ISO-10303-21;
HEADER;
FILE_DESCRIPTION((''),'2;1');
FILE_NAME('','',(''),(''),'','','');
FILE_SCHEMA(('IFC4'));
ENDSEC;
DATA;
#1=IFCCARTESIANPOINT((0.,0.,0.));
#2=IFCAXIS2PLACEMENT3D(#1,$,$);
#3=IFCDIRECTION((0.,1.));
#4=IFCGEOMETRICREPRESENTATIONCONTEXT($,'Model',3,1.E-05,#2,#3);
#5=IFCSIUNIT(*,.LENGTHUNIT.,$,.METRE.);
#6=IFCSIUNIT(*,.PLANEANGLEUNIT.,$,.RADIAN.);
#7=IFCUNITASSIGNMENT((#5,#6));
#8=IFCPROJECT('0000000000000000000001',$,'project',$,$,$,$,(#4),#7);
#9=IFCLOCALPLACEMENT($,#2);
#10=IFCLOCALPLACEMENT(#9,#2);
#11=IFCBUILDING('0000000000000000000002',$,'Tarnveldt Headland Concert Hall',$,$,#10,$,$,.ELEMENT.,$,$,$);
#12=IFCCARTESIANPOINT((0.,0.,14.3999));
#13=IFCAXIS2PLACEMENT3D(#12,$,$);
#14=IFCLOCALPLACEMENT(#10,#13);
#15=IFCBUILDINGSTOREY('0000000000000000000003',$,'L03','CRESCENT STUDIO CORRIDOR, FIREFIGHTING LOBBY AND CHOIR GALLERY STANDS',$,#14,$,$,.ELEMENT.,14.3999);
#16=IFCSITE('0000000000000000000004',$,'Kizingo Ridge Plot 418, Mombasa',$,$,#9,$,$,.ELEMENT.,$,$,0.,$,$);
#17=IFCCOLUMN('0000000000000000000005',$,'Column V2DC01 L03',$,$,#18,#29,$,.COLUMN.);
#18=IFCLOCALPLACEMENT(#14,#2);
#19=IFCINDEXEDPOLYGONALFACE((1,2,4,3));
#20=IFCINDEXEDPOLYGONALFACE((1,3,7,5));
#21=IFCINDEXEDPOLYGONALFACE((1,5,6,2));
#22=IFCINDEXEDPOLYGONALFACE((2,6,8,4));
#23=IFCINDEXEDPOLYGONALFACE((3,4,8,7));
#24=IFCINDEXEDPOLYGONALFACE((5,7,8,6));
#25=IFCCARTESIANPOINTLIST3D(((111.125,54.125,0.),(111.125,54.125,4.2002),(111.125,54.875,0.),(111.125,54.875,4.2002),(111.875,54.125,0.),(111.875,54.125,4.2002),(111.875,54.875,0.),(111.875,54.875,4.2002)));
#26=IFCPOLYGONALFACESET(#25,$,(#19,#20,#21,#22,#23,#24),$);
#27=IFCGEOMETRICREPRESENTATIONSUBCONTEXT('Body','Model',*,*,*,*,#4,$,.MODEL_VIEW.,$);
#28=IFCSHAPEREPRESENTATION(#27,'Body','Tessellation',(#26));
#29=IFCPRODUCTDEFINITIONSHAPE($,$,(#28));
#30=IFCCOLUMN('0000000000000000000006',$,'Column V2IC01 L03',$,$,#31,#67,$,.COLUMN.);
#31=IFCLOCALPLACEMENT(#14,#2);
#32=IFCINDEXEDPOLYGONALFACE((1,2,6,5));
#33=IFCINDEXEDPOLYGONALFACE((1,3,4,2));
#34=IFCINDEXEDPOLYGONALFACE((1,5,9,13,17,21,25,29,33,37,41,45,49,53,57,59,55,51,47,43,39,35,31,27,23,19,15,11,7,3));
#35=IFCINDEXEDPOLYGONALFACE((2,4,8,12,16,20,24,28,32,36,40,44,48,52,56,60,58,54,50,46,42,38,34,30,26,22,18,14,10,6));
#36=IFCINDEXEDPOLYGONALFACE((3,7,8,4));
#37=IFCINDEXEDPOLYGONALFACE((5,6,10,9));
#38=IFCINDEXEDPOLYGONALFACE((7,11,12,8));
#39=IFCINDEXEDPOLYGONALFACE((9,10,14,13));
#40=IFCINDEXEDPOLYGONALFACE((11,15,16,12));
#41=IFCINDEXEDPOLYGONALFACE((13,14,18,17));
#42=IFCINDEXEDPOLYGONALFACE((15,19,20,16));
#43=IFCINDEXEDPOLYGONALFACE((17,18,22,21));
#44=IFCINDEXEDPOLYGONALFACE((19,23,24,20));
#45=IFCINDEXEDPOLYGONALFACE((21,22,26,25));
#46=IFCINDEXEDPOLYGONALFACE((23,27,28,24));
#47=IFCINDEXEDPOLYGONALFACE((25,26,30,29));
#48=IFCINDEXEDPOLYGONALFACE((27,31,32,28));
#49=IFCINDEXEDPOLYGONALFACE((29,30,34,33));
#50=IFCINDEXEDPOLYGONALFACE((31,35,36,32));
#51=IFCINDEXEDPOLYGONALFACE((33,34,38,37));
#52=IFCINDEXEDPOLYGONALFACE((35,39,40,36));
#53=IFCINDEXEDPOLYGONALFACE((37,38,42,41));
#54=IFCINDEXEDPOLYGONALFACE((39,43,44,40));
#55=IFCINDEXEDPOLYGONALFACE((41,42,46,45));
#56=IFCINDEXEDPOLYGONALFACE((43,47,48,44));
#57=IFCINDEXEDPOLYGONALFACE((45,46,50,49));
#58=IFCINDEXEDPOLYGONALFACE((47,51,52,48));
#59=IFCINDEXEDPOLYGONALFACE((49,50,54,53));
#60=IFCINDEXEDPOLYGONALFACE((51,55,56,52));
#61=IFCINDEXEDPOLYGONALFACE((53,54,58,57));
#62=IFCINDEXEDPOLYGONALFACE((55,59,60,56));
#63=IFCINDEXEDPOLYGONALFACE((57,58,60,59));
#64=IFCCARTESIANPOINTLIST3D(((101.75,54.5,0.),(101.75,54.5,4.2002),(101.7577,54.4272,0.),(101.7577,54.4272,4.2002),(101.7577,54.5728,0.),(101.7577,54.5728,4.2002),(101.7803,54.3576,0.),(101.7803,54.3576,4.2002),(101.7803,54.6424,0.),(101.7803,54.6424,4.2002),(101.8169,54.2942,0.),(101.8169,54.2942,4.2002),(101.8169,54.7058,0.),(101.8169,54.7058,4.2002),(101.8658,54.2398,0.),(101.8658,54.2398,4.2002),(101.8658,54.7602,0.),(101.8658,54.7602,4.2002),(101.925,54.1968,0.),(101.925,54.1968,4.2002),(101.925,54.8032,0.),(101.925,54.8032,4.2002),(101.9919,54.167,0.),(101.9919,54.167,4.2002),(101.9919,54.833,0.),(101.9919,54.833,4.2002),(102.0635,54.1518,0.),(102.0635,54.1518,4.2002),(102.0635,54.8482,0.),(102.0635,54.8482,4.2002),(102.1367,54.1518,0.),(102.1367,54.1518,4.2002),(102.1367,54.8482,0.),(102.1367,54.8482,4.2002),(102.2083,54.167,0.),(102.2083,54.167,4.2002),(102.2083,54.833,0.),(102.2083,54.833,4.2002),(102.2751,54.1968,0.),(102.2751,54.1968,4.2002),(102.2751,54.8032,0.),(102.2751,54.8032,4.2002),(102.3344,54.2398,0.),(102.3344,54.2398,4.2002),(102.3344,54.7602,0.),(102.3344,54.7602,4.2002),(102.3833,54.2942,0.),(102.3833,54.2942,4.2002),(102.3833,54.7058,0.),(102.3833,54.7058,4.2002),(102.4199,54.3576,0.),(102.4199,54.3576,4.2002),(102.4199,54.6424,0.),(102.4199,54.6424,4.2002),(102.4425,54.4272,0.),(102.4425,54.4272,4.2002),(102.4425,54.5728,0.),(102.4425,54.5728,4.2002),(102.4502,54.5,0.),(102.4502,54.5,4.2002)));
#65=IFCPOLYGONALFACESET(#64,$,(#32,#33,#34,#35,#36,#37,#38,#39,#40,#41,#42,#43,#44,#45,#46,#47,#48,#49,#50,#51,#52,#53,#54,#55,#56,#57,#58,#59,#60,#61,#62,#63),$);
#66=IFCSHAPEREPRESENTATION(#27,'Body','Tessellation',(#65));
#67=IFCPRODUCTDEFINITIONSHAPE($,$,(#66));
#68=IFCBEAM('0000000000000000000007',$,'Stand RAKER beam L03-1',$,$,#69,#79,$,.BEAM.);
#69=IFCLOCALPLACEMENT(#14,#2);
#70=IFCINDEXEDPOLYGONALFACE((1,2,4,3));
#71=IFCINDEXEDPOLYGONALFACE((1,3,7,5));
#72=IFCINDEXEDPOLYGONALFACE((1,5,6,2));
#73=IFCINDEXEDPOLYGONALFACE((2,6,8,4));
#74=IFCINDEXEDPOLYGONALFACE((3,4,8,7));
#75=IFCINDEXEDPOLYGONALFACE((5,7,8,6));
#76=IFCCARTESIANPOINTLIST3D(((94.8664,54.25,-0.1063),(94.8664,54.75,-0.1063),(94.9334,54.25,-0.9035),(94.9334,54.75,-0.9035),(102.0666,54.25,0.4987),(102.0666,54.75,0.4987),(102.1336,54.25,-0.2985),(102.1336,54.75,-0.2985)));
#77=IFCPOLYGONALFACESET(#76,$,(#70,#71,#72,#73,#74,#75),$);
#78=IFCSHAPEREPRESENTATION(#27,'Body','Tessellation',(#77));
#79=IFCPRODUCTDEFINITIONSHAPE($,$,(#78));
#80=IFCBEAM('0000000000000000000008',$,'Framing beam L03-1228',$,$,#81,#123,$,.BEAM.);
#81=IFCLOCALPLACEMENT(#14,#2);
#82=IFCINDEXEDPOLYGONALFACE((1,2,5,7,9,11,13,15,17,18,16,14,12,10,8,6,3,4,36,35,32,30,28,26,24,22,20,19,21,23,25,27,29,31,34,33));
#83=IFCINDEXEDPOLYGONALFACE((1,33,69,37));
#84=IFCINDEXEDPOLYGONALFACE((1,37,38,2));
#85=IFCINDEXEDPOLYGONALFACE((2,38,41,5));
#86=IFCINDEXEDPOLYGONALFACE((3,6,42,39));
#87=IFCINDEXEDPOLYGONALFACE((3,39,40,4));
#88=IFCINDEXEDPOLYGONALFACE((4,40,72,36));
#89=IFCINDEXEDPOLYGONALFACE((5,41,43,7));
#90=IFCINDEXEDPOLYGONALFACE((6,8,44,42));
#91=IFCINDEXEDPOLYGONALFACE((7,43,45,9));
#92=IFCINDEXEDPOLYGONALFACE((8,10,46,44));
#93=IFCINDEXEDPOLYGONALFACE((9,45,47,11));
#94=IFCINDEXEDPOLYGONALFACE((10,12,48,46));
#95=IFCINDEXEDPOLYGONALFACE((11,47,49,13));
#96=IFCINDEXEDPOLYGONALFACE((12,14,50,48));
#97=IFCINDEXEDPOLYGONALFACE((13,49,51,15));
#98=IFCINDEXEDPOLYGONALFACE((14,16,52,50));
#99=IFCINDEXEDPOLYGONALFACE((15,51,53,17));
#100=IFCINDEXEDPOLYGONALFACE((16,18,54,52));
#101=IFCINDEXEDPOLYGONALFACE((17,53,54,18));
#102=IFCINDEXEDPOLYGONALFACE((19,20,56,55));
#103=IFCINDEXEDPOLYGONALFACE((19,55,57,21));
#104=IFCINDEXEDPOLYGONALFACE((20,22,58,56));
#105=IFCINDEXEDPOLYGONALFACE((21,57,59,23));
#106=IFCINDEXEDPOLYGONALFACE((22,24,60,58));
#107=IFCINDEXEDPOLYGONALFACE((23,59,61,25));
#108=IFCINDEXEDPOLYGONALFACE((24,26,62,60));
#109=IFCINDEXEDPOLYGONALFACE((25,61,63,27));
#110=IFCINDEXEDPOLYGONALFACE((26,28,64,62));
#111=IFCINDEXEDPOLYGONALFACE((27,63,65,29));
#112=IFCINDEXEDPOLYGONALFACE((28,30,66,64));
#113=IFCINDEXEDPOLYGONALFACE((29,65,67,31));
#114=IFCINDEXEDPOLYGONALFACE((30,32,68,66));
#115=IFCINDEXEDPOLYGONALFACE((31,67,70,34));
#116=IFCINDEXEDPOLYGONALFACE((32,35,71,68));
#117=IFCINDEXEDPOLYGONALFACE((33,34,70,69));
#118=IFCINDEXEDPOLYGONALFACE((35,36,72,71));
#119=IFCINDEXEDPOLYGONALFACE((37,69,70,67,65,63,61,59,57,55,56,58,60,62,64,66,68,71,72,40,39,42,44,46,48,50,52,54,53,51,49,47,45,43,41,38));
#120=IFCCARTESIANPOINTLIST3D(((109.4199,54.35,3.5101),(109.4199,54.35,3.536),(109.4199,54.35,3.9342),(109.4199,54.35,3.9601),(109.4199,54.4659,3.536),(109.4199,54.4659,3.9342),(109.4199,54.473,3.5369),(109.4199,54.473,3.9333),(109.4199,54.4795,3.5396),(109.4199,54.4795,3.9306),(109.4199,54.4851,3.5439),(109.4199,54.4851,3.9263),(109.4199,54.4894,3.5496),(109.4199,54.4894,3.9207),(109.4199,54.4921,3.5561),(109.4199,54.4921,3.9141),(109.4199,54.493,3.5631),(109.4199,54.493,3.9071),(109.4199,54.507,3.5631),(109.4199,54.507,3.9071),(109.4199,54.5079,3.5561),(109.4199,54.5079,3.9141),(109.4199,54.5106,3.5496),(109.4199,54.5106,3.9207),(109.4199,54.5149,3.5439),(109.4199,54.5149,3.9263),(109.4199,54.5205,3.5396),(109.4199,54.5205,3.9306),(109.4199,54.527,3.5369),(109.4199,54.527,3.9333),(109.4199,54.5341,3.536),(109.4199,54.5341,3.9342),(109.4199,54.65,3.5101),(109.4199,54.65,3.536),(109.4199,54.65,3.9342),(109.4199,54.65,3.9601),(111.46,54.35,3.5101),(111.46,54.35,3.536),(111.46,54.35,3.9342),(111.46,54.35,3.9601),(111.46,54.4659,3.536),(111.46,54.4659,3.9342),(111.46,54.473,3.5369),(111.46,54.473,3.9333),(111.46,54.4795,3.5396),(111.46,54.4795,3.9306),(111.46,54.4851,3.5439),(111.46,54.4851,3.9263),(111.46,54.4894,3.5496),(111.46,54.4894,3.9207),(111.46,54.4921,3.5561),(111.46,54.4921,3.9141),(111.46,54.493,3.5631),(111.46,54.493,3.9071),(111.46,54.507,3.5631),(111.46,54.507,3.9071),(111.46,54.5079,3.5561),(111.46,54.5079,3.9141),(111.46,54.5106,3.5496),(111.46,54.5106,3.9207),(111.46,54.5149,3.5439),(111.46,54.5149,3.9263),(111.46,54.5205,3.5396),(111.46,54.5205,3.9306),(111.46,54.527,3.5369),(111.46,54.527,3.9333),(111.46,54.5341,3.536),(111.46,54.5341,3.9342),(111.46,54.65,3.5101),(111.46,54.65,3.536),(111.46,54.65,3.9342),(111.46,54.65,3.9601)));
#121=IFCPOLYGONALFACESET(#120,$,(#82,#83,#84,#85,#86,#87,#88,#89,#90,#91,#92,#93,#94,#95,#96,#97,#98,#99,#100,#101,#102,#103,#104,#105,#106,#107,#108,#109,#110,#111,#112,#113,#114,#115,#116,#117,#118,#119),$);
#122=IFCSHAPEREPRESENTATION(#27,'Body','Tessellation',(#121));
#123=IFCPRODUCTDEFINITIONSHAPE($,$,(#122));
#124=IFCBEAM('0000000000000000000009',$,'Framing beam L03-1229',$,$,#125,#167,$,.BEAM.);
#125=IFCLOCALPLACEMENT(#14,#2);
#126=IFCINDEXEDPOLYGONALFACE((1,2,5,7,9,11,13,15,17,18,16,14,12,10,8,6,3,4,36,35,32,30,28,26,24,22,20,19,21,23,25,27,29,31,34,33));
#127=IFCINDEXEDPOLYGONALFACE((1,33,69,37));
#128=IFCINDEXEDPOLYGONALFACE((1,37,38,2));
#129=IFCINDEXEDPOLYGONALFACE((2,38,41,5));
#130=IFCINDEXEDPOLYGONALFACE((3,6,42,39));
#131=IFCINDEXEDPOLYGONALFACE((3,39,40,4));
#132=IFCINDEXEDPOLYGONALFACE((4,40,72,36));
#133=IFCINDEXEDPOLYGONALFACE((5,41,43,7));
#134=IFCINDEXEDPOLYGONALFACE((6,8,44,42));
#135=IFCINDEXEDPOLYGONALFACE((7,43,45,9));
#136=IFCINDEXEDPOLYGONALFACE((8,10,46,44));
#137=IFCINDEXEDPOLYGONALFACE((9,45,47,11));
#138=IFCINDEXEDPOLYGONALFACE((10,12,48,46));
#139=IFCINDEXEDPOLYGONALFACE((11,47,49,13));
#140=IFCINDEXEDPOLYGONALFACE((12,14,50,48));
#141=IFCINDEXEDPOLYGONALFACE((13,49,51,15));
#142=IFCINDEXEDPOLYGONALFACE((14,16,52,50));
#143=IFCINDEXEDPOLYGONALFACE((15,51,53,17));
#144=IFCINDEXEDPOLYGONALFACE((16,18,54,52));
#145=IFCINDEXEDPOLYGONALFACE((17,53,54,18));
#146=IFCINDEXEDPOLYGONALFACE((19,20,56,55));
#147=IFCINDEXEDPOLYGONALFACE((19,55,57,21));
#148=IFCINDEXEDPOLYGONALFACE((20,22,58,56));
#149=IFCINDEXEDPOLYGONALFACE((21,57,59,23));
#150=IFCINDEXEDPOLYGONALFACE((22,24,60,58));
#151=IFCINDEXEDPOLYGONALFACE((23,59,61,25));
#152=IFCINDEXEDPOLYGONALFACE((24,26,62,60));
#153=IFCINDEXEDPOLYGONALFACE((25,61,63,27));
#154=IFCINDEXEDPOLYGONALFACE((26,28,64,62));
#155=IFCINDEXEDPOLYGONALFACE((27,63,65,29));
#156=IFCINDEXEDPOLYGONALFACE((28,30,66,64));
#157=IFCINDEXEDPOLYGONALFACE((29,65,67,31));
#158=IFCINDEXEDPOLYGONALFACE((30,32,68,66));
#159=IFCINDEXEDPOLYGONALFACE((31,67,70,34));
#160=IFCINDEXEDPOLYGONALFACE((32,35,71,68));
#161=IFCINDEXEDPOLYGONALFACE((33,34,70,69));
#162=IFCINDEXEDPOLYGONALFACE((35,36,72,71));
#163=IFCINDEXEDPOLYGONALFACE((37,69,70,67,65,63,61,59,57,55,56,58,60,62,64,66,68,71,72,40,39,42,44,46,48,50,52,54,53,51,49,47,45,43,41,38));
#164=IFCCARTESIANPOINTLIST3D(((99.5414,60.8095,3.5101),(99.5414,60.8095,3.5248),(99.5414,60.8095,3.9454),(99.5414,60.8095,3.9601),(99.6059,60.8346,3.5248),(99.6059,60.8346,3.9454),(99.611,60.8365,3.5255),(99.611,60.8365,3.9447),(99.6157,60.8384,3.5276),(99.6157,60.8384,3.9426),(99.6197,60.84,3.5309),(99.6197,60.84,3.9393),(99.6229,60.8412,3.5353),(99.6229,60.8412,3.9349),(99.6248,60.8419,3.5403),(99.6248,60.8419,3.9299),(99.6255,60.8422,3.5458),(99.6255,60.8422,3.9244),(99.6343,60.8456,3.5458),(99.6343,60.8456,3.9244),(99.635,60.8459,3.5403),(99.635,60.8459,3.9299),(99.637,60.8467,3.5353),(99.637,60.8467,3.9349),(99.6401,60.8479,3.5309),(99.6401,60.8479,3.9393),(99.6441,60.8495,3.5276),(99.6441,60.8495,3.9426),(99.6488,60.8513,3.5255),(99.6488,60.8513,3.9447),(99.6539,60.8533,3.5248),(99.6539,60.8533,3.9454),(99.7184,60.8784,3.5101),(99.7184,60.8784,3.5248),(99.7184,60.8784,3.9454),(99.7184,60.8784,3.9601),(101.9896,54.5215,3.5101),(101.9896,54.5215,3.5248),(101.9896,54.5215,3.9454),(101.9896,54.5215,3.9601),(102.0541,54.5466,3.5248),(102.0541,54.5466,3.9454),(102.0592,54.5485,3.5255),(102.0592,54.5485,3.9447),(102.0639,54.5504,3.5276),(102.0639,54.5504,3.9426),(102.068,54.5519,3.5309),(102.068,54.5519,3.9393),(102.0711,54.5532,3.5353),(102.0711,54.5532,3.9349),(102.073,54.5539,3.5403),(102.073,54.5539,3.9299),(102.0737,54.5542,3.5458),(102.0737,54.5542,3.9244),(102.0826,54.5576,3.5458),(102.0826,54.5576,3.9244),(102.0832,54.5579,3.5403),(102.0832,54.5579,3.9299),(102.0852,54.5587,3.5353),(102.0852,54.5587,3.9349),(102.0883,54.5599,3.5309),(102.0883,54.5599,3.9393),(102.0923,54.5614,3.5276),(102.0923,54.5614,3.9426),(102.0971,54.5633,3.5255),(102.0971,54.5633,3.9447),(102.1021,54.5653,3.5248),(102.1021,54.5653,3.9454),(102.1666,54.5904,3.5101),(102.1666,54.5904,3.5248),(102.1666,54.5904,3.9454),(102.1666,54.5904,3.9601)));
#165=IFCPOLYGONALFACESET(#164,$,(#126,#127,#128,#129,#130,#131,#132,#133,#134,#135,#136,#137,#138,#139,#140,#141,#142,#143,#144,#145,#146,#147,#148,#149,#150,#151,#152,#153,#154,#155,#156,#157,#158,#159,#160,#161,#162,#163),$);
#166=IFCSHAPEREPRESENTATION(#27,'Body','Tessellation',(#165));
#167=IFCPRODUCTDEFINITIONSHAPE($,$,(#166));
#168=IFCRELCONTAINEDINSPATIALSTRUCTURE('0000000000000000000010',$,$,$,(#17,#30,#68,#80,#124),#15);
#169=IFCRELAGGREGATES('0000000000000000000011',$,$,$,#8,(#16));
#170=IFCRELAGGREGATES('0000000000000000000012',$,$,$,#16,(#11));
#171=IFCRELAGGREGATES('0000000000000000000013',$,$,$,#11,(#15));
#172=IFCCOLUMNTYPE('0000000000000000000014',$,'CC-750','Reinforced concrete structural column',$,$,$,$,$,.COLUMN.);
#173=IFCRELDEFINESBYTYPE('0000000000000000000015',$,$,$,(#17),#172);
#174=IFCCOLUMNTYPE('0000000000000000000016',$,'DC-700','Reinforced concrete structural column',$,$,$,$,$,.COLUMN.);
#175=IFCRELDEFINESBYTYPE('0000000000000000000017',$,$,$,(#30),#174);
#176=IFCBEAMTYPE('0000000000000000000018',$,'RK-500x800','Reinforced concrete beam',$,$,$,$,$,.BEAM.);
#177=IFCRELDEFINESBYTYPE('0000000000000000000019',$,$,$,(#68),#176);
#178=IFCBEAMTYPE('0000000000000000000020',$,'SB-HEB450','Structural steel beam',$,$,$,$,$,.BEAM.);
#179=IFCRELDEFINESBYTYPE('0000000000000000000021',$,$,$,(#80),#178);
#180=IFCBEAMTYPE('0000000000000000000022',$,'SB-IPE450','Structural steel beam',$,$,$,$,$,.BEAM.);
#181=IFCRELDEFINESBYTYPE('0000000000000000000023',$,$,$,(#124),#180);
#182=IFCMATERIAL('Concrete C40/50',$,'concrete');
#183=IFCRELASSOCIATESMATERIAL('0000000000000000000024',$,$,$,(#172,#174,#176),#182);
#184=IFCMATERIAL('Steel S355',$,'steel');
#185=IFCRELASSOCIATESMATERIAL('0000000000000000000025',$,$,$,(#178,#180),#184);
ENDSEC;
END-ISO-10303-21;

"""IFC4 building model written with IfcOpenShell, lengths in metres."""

from ifc_helpers import new_model, si_unit, direction, frame, origin, origin_2d, place, context, subcontext, project, spatial, rectangle, circle, i_section, extrude, material, material_profile, profile_set, type_object, element, save


model = new_model("IFC4")

# Units and contexts
model_context = context("Model", 3, precision=1e-05, world=origin(), true_north=direction((0.0, 1.0)))
body_context = subcontext(model_context, "Body", "Model", "MODEL_VIEW")
ifc_project = project(units=[si_unit("LENGTHUNIT", "METRE"), si_unit("PLANEANGLEUNIT", "RADIAN")], contexts=[model_context])

# Site, building, storey
site_placement = place(None, origin())
site = spatial("IfcSite", under=ifc_project, at=site_placement, Name="Kizingo Ridge Plot 418, Mombasa", CompositionType="ELEMENT", RefElevation=0.0)
building_placement = place(site_placement, origin())
building = spatial("IfcBuilding", under=site, at=building_placement, Name="Tarnveldt Headland Concert Hall", CompositionType="ELEMENT")
storey_placement = place(building_placement, frame((0.0, 0.0, 14.3999)))
storey = spatial("IfcBuildingStorey", under=building, at=storey_placement, Name="L03", Description="CRESCENT STUDIO CORRIDOR, FIREFIGHTING LOBBY AND CHOIR GALLERY STANDS", CompositionType="ELEMENT", Elevation=14.3999)

# Columns
ifc_material_1 = material(Name="Concrete C40/50", Category="concrete")
ifc_material_profile_1 = material_profile(ifc_material_1, rectangle(XDim=0.75, YDim=0.75, at=origin_2d()), Name="RC 750x750", Category="concrete")
ifc_profile_set_1 = profile_set([ifc_material_profile_1], Name="Concrete C40/50")
column_type_1 = type_object("IfcColumnType", Name="CC-750", Description="Reinforced concrete structural column", PredefinedType="COLUMN", material=ifc_profile_set_1)
column_1_placement = place(storey_placement, frame((111.5, 54.5, 0.0), z_axis=(0.0, 0.0, 1.0), x_axis=(1.0, 0.0, 0.0)))
element("IfcColumn", 1, at=column_1_placement, inside=storey, type_object=column_type_1, Name="Column V2DC01 L03", PredefinedType="COLUMN", context=body_context, shape_type="SweptSolid", body=[
    extrude(rectangle(XDim=0.75, YDim=0.75, at=origin_2d()), origin(), (0.0, 0.0, 1.0), 4.2002),
])
ifc_material_profile_2 = material_profile(ifc_material_1, circle(Radius=0.3501, at=origin_2d()), Name="RC D700", Category="concrete")
ifc_profile_set_2 = profile_set([ifc_material_profile_2], Name="Concrete C40/50")
column_type_2 = type_object("IfcColumnType", Name="DC-700", Description="Reinforced concrete structural column", PredefinedType="COLUMN", material=ifc_profile_set_2)
column_2_placement = place(storey_placement, frame((102.1001, 54.5, 0.0), z_axis=(0.0, 0.0, 1.0), x_axis=(1.0, 0.0, 0.0)))
element("IfcColumn", 2, at=column_2_placement, inside=storey, type_object=column_type_2, Name="Column V2IC01 L03", PredefinedType="COLUMN", context=body_context, shape_type="SweptSolid", body=[
    extrude(circle(Radius=0.3501, at=origin_2d()), origin(), (0.0, 0.0, 1.0), 4.2002),
])

# Beams
ifc_material_profile_3 = material_profile(ifc_material_1, rectangle(XDim=0.5, YDim=0.8, at=origin_2d()), Name="RAKER RC 500x800", Category="concrete")
ifc_profile_set_3 = profile_set([ifc_material_profile_3], Name="Concrete C40/50")
beam_type_1 = type_object("IfcBeamType", Name="RK-500x800", Description="Reinforced concrete beam", PredefinedType="BEAM", material=ifc_profile_set_3)
beam_1_placement = place(storey_placement, frame((102.1001, 54.5, 0.1001), z_axis=(-0.996489, 0.0, -0.083728), x_axis=(0.0, -1.0, 0.0)))
element("IfcBeam", 3, at=beam_1_placement, inside=storey, type_object=beam_type_1, Name="Stand RAKER beam L03-1", PredefinedType="BEAM", context=body_context, shape_type="SweptSolid", body=[
    extrude(rectangle(XDim=0.5, YDim=0.8, at=origin_2d()), origin(), (0.0, 0.0, 1.0), 7.2256),
])
ifc_material_2 = material(Name="Steel S355", Category="steel")
ifc_material_profile_4 = material_profile(ifc_material_2, i_section(OverallWidth=0.3, OverallDepth=0.45, WebThickness=0.0139, FlangeThickness=0.0259, FilletRadius=0.0271, at=origin_2d()), Name="HEB450", Category="steel")
ifc_profile_set_4 = profile_set([ifc_material_profile_4], Name="Steel S355")
beam_type_2 = type_object("IfcBeamType", Name="SB-HEB450", Description="Structural steel beam", PredefinedType="BEAM", material=ifc_profile_set_4)
beam_2_placement = place(storey_placement, frame((109.4199, 54.5, 3.7351), z_axis=(1.0, 0.0, 0.0), x_axis=(0.0, 1.0, 0.0)))
element("IfcBeam", 4, at=beam_2_placement, inside=storey, type_object=beam_type_2, Name="Framing beam L03-1228", PredefinedType="BEAM", context=body_context, shape_type="SweptSolid", body=[
    extrude(i_section(OverallWidth=0.3, OverallDepth=0.45, WebThickness=0.0139, FlangeThickness=0.0259, FilletRadius=0.0271, at=origin_2d()), origin(), (0.0, 0.0, 1.0), 2.04),
])
ifc_material_profile_5 = material_profile(ifc_material_2, i_section(OverallWidth=0.1899, OverallDepth=0.45, WebThickness=0.0095, FlangeThickness=0.0146, FilletRadius=0.021, at=origin_2d()), Name="IPE450", Category="steel")
ifc_profile_set_5 = profile_set([ifc_material_profile_5], Name="Steel S355")
beam_type_3 = type_object("IfcBeamType", Name="SB-IPE450", Description="Structural steel beam", PredefinedType="BEAM", material=ifc_profile_set_5)
beam_3_placement = place(storey_placement, frame((102.0781, 54.5559, 3.7351), z_axis=(-0.362816, 0.931861, 0.0), x_axis=(-0.931861, -0.362816, 0.0)))
element("IfcBeam", 5, at=beam_3_placement, inside=storey, type_object=beam_type_3, Name="Framing beam L03-1229", PredefinedType="BEAM", context=body_context, shape_type="SweptSolid", body=[
    extrude(i_section(OverallWidth=0.1899, OverallDepth=0.45, WebThickness=0.0095, FlangeThickness=0.0146, FilletRadius=0.021, at=origin_2d()), origin(), (0.0, 0.0, 1.0), 6.7478),
])

save(model, "model.ifc")
